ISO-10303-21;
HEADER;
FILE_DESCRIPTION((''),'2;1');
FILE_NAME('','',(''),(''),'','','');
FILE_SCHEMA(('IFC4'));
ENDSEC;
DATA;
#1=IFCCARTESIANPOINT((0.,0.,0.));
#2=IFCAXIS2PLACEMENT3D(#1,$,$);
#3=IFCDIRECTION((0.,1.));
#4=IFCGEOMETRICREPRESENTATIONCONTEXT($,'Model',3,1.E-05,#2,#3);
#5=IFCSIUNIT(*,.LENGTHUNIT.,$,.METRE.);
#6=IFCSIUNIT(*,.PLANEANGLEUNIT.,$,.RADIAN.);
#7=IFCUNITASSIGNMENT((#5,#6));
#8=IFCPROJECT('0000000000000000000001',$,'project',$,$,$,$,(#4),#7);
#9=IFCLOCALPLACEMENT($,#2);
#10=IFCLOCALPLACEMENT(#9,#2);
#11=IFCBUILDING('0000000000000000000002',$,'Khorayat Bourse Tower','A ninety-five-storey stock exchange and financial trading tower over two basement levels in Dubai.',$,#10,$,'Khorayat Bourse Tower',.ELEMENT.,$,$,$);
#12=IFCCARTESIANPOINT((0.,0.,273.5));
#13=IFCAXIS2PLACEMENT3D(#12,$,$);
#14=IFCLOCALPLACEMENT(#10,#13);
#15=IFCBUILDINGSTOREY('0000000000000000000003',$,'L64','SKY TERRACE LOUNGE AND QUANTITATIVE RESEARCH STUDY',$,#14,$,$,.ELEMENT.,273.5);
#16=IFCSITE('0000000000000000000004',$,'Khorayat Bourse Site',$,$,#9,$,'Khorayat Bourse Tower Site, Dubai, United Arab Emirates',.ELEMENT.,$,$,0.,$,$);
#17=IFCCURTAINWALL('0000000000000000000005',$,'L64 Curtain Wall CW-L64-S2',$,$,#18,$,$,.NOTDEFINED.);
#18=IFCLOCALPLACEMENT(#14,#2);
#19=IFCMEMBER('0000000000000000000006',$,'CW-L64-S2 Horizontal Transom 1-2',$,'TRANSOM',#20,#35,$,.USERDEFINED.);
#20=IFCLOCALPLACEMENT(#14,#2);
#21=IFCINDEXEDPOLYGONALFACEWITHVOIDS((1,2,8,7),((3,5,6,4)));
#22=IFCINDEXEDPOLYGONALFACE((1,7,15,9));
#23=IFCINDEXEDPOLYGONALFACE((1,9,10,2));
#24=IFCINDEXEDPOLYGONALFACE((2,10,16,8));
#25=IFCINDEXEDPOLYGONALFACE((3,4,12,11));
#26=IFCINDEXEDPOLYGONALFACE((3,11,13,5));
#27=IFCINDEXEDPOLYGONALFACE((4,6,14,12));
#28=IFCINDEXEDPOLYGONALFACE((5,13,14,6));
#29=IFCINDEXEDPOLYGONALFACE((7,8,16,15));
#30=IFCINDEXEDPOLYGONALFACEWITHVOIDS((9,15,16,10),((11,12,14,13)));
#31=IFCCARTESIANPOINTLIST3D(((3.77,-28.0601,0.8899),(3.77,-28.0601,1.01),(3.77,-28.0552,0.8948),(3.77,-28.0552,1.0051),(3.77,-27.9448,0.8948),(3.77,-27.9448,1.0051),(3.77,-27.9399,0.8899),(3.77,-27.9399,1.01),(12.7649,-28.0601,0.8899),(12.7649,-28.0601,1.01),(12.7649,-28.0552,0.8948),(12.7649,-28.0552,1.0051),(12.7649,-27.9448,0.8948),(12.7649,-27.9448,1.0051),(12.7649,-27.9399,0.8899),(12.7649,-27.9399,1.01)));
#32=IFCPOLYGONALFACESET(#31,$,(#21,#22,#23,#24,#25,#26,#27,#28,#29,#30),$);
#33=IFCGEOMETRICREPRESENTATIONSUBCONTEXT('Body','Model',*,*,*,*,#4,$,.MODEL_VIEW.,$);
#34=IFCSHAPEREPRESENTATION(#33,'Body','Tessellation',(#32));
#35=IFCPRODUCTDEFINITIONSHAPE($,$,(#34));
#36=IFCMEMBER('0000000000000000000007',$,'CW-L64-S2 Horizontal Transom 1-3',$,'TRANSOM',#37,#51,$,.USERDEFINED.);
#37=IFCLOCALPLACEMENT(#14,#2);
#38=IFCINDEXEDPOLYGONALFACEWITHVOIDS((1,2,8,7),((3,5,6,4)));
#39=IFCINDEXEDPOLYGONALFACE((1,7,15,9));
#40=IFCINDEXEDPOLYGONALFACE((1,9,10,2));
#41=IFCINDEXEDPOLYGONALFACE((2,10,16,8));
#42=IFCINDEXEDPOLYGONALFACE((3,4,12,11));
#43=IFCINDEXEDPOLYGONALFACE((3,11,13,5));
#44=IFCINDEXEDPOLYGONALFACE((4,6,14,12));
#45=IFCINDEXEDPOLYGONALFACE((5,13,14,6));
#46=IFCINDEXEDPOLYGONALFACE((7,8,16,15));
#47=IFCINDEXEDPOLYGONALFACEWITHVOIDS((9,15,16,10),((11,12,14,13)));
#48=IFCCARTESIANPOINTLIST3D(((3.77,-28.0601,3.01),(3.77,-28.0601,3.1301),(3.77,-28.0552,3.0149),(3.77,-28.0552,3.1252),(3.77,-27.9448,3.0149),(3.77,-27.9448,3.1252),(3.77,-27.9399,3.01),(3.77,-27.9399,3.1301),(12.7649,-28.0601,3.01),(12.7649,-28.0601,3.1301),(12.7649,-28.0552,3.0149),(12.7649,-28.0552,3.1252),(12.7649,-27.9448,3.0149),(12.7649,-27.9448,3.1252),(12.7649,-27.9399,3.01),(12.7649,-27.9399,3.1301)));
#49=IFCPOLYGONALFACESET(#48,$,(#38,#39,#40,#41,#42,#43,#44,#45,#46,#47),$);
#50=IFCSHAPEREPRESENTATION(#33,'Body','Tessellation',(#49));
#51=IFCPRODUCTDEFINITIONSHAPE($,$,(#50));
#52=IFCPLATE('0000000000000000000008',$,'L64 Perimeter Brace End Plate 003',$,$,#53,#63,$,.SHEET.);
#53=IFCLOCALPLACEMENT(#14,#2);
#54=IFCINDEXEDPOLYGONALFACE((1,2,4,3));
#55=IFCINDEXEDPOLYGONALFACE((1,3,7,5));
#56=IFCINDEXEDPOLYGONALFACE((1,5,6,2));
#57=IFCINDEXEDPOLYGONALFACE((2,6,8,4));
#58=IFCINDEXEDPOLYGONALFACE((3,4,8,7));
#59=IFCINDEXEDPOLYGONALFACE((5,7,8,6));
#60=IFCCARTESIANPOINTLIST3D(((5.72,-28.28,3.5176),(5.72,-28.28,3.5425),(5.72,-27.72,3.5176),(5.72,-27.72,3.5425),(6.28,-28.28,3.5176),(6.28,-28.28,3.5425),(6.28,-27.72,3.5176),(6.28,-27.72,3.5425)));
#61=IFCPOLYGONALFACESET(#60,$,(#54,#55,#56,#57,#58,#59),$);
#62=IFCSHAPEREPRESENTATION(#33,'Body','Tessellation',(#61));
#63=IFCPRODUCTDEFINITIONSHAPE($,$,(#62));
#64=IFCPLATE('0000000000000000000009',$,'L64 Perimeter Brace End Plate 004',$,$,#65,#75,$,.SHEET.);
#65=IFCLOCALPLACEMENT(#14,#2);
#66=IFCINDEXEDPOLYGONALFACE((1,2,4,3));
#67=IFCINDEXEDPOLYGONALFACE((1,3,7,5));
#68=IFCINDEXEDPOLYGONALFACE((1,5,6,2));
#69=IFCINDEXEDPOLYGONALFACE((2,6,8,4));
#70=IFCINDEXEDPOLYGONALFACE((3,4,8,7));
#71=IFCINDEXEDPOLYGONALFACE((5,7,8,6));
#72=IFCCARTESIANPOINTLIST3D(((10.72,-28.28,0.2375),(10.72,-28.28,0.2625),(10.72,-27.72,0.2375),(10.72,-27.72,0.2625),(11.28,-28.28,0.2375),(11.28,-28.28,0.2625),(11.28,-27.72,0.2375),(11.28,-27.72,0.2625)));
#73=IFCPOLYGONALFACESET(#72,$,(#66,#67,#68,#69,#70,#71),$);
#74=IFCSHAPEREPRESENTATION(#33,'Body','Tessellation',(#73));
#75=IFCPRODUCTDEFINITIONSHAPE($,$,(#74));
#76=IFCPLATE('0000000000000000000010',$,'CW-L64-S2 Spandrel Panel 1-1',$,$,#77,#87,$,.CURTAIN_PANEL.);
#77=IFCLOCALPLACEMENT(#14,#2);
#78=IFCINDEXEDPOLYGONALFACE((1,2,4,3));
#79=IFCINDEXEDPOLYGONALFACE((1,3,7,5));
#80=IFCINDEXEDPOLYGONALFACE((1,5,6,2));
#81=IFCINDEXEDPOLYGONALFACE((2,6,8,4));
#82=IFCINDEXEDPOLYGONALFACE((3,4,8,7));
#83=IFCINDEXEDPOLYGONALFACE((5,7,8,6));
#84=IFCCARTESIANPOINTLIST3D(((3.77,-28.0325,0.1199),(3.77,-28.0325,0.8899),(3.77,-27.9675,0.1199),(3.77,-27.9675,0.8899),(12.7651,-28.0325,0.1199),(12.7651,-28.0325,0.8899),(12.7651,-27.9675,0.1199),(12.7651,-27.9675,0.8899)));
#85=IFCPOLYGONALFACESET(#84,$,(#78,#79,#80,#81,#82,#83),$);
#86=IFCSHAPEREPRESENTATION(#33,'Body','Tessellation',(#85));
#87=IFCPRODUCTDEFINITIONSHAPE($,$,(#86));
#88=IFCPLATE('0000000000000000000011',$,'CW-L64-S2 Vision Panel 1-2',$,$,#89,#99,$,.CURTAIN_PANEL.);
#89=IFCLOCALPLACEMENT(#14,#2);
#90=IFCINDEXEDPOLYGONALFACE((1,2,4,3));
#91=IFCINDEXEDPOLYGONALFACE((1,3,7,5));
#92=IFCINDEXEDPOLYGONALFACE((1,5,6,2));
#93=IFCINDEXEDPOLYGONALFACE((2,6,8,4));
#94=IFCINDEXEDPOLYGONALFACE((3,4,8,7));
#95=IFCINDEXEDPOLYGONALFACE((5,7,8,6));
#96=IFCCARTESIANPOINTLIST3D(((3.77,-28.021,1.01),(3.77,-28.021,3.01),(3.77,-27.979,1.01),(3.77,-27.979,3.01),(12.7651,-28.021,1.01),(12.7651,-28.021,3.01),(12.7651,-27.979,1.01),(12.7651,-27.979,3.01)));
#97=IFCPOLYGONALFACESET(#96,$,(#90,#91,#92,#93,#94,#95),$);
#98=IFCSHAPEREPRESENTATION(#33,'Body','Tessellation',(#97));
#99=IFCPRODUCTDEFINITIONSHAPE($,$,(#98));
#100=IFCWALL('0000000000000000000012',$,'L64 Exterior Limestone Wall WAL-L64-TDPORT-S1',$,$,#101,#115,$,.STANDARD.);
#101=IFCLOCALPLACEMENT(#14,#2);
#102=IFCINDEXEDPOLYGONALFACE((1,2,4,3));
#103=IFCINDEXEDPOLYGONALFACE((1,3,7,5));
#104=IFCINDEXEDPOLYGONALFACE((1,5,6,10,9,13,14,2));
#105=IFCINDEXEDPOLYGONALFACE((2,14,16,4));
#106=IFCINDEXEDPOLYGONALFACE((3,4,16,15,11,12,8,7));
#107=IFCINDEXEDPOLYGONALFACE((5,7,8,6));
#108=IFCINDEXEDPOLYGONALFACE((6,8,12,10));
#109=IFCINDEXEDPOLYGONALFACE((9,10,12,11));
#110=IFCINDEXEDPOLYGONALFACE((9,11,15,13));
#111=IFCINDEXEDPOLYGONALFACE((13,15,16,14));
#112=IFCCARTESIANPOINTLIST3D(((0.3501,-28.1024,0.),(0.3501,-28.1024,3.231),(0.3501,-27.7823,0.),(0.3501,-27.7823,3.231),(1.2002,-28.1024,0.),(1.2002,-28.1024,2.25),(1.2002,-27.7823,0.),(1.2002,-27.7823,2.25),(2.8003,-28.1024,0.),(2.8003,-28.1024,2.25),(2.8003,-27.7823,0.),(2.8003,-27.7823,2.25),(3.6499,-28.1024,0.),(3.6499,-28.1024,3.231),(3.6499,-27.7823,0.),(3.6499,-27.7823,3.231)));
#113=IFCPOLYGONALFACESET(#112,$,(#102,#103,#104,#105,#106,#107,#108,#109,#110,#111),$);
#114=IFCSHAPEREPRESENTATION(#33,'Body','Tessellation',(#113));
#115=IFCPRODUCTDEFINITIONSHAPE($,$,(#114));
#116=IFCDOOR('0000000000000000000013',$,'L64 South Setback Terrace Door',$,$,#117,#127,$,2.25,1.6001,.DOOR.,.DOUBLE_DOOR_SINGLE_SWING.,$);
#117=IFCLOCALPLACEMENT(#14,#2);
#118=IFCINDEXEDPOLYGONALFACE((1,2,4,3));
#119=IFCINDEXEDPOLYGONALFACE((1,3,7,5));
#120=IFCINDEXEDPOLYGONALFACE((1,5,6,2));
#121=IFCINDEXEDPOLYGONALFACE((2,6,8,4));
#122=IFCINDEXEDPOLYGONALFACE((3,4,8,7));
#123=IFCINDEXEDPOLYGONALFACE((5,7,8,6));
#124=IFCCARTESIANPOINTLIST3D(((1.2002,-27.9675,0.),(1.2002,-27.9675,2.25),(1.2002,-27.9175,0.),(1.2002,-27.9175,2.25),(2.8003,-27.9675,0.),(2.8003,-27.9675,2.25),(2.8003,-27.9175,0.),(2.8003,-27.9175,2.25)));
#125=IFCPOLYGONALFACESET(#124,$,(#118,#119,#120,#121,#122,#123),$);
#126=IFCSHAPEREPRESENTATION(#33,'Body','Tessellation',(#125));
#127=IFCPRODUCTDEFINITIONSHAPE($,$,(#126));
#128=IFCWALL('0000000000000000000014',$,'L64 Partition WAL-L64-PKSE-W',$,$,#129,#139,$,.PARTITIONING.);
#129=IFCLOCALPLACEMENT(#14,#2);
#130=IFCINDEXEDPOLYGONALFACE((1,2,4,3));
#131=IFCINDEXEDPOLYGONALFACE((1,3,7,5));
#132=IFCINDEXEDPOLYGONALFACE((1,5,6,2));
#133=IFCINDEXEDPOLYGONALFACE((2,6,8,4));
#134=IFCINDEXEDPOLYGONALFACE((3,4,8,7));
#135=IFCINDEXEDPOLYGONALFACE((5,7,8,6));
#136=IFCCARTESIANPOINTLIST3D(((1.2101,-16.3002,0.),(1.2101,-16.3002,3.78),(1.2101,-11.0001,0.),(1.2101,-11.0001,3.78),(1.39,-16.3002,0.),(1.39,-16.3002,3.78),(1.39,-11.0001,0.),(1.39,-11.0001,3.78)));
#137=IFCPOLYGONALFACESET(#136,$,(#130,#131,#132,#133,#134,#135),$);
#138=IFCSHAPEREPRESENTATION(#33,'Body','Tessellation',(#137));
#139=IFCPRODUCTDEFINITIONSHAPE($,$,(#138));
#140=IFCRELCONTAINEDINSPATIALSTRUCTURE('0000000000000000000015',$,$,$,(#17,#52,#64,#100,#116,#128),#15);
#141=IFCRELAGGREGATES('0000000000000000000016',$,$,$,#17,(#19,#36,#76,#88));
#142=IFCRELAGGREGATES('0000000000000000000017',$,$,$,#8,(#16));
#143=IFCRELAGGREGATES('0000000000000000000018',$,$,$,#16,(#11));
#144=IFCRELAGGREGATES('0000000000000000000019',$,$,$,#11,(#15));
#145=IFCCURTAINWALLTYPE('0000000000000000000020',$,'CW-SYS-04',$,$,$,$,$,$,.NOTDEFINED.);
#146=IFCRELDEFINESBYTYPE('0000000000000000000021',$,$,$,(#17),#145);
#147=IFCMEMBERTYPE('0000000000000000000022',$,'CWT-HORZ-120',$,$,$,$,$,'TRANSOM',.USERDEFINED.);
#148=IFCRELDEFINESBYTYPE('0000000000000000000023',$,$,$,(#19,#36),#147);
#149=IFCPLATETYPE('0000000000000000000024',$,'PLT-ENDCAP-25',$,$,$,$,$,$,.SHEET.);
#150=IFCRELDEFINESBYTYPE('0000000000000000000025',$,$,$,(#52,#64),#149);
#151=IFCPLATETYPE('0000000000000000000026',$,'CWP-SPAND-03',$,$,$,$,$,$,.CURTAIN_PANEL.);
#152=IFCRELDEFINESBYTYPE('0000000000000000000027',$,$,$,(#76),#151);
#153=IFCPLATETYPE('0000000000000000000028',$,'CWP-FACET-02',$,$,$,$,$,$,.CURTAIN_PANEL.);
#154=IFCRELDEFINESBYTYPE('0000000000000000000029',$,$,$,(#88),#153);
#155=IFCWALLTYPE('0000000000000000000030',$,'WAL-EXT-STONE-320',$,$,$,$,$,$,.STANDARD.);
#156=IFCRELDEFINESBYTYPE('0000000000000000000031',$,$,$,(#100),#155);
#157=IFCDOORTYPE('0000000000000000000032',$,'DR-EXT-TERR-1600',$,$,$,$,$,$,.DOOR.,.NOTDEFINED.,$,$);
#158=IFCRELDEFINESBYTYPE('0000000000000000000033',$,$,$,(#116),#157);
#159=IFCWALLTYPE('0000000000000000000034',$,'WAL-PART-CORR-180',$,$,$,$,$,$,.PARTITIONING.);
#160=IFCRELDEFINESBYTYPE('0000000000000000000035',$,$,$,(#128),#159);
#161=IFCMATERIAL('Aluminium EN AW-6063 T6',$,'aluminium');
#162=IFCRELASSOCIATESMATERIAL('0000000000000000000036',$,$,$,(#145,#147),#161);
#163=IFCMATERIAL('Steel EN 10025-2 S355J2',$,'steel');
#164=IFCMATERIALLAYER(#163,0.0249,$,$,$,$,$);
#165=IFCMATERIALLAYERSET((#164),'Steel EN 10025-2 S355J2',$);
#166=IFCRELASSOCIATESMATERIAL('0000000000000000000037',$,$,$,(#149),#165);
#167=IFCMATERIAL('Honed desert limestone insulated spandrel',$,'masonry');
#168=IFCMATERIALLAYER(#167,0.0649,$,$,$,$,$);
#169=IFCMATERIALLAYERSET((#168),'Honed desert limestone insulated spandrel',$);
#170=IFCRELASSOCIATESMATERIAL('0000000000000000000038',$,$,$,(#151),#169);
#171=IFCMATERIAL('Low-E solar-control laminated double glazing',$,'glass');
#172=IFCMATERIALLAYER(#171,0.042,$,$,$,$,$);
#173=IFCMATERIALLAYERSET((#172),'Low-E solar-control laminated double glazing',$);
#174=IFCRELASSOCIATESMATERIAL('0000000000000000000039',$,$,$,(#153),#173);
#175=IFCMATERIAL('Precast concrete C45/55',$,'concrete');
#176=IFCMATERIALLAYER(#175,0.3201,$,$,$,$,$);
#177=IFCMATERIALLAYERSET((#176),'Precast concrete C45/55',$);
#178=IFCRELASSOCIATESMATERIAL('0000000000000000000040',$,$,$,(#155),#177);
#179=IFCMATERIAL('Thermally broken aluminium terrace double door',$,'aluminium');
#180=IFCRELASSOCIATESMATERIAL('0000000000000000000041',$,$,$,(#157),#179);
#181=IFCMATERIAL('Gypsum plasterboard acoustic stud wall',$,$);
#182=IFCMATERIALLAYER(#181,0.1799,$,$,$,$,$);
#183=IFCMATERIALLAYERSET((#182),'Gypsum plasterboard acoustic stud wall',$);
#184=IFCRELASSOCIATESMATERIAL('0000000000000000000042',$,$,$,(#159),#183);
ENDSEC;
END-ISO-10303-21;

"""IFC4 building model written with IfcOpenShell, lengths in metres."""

from ifc_helpers import new_model, si_unit, direction, frame, frame_2d, origin, origin_2d, place, context, subcontext, project, spatial, rectangle, hollow_rectangle, extrude, source, transform, mapped, material, layer, layer_set, material_profile, profile_set, type_object, element, fill, aggregate, save


model = new_model("IFC4")

# Units and contexts
model_context = context("Model", 3, precision=1e-05, world=origin(), true_north=direction((0.0, 1.0)))
body_context = subcontext(model_context, "Body", "Model", "MODEL_VIEW")
ifc_project = project(units=[si_unit("LENGTHUNIT", "METRE"), si_unit("PLANEANGLEUNIT", "RADIAN")], contexts=[model_context])

# Site, building, storey
site_placement = place(None, origin())
site = spatial("IfcSite", under=ifc_project, at=site_placement, Name="Khorayat Bourse Site", LongName="Khorayat Bourse Tower Site, Dubai, United Arab Emirates", CompositionType="ELEMENT", RefElevation=0.0)
building_placement = place(site_placement, origin())
building = spatial("IfcBuilding", under=site, at=building_placement, Name="Khorayat Bourse Tower", Description="A ninety-five-storey stock exchange and financial trading tower over two basement levels in Dubai.", LongName="Khorayat Bourse Tower", CompositionType="ELEMENT")
storey_placement = place(building_placement, frame((0.0, 0.0, 273.5)))
storey = spatial("IfcBuildingStorey", under=building, at=storey_placement, Name="L64", Description="SKY TERRACE LOUNGE AND QUANTITATIVE RESEARCH STUDY", CompositionType="ELEMENT", Elevation=273.5)

# Shared definitions
ifc_material_1 = material(Name="Aluminium EN AW-6063 T6", Category="aluminium")
curtain_wall_type = type_object("IfcCurtainWallType", Name="CW-SYS-04", PredefinedType="NOTDEFINED", material=ifc_material_1)

# Curtain wall, members
curtain_wall_1_placement = place(storey_placement, origin())
curtain_wall_1 = element("IfcCurtainWall", 1, at=curtain_wall_1_placement, inside=storey, type_object=curtain_wall_type, Name="L64 Curtain Wall CW-L64-S2", PredefinedType="NOTDEFINED")
ifc_material_profile_1 = material_profile(ifc_material_1, hollow_rectangle(XDim=0.1201, YDim=0.1201, WallThickness=0.0049, at=origin_2d()), Name="ALU 120x120x5")
ifc_profile_set_1 = profile_set([ifc_material_profile_1], Name="Aluminium EN AW-6063 T6")
member_type_1 = type_object("IfcMemberType", Name="CWT-HORZ-120", ElementType="TRANSOM", PredefinedType="USERDEFINED", material=ifc_profile_set_1)
shared_shape_1 = source(origin(), body_context, "Body", "SweptSolid", [
    extrude(hollow_rectangle(XDim=0.1201, YDim=0.1201, WallThickness=0.0049, at=origin_2d()), origin(), (0.0, 0.0, 1.0), 8.9949),
])
member_1_placement = place(storey_placement, frame((3.77, -28.0, 0.95), z_axis=(1.0, 0.0, 0.0), x_axis=(0.0, 1.0, 0.0)))
member_1 = element("IfcMember", 2, at=member_1_placement, type_object=member_type_1, Name="CW-L64-S2 Horizontal Transom 1-2", ObjectType="TRANSOM", PredefinedType="USERDEFINED", context=body_context, shape_type="MappedRepresentation", body=[
    mapped(shared_shape_1, transform((0.0, 0.0, 0.0), scale=1.0)),
])
member_2_placement = place(storey_placement, frame((3.77, -28.0, 3.0701), z_axis=(1.0, 0.0, 0.0), x_axis=(0.0, 1.0, 0.0)))
member_2 = element("IfcMember", 3, at=member_2_placement, type_object=member_type_1, Name="CW-L64-S2 Horizontal Transom 1-3", ObjectType="TRANSOM", PredefinedType="USERDEFINED", context=body_context, shape_type="MappedRepresentation", body=[
    mapped(shared_shape_1, transform((0.0, 0.0, 0.0), scale=1.0)),
])

# Plates
ifc_material_2 = material(Name="Steel EN 10025-2 S355J2", Category="steel")
ifc_layer_1 = layer(ifc_material_2, 0.0249)
ifc_layer_set_1 = layer_set([ifc_layer_1], Name="Steel EN 10025-2 S355J2")
plate_type_1 = type_object("IfcPlateType", Name="PLT-ENDCAP-25", PredefinedType="SHEET", material=ifc_layer_set_1)
shared_shape_2 = source(origin(), body_context, "Body", "SweptSolid", [
    extrude(rectangle(XDim=0.5601, YDim=0.5601, at=origin_2d()), origin(), (0.0, 0.0, 1.0), 0.0249),
])
for number, where, z_axis, x_axis, name in (
    (4, (6.0, -28.0, 3.5176), (0.0, 0.0, 1.0), (1.0, 0.0, 0.0), "L64 Perimeter Brace End Plate 003"),
    (5, (11.0, -28.0, 0.2375), (0.0, 0.0, 1.0), (1.0, 0.0, 0.0), "L64 Perimeter Brace End Plate 004"),
):
    element("IfcPlate", number, at=place(storey_placement, frame(where, z_axis=z_axis, x_axis=x_axis)), inside=storey, type_object=plate_type_1, Name=name, PredefinedType="SHEET", context=body_context, shape_type="MappedRepresentation", body=[
        mapped(shared_shape_2, transform((0.0, 0.0, 0.0), scale=1.0)),
    ])

# Plates
ifc_material_3 = material(Name="Honed desert limestone insulated spandrel", Category="masonry")
ifc_layer_2 = layer(ifc_material_3, 0.0649)
ifc_layer_set_2 = layer_set([ifc_layer_2], Name="Honed desert limestone insulated spandrel")
plate_type_2 = type_object("IfcPlateType", Name="CWP-SPAND-03", PredefinedType="CURTAIN_PANEL", material=ifc_layer_set_2)
shared_shape_3 = source(origin(), body_context, "Body", "SweptSolid", [
    extrude(rectangle(XDim=8.9951, YDim=0.0649, at=origin_2d()), origin(), (0.0, 0.0, 1.0), 0.77),
])
plate_1_placement = place(storey_placement, frame((8.2676, -28.0, 0.1199), z_axis=(0.0, 0.0, 1.0), x_axis=(1.0, 0.0, 0.0)))
plate_1 = element("IfcPlate", 6, at=plate_1_placement, type_object=plate_type_2, Name="CW-L64-S2 Spandrel Panel 1-1", PredefinedType="CURTAIN_PANEL", context=body_context, shape_type="MappedRepresentation", body=[
    mapped(shared_shape_3, transform((0.0, 0.0, 0.0), scale=1.0)),
])
ifc_material_4 = material(Name="Low-E solar-control laminated double glazing", Category="glass")
ifc_layer_3 = layer(ifc_material_4, 0.042)
ifc_layer_set_3 = layer_set([ifc_layer_3], Name="Low-E solar-control laminated double glazing")
plate_type_3 = type_object("IfcPlateType", Name="CWP-FACET-02", PredefinedType="CURTAIN_PANEL", material=ifc_layer_set_3)
shared_shape_4 = source(origin(), body_context, "Body", "SweptSolid", [
    extrude(rectangle(XDim=8.9951, YDim=0.042, at=origin_2d()), origin(), (0.0, 0.0, 1.0), 2.0),
])
plate_2_placement = place(storey_placement, frame((8.2676, -28.0, 1.01), z_axis=(0.0, 0.0, 1.0), x_axis=(1.0, 0.0, 0.0)))
plate_2 = element("IfcPlate", 7, at=plate_2_placement, type_object=plate_type_3, Name="CW-L64-S2 Vision Panel 1-2", PredefinedType="CURTAIN_PANEL", context=body_context, shape_type="MappedRepresentation", body=[
    mapped(shared_shape_4, transform((0.0, 0.0, 0.0), scale=1.0)),
])
aggregate(curtain_wall_1, [member_1, member_2, plate_1, plate_2])

# Wall, opening, door
ifc_material_5 = material(Name="Precast concrete C45/55", Category="concrete")
ifc_layer_4 = layer(ifc_material_5, 0.3201)
ifc_layer_set_4 = layer_set([ifc_layer_4], Name="Precast concrete C45/55")
wall_type_1 = type_object("IfcWallType", Name="WAL-EXT-STONE-320", PredefinedType="STANDARD", material=ifc_layer_set_4)
shared_shape_5 = source(origin(), body_context, "Body", "SweptSolid", [
    extrude(rectangle(XDim=3.2998, YDim=0.3201, at=frame_2d((1.6499, 0.0))), origin(), (0.0, 0.0, 1.0), 3.231),
])
wall_1_placement = place(storey_placement, frame((0.3501, -27.9424, 0.0), z_axis=(0.0, 0.0, 1.0), x_axis=(1.0, 0.0, 0.0)))
wall_1 = element("IfcWall", 8, at=wall_1_placement, inside=storey, type_object=wall_type_1, Name="L64 Exterior Limestone Wall WAL-L64-TDPORT-S1", PredefinedType="STANDARD", context=body_context, shape_type="MappedRepresentation", body=[
    mapped(shared_shape_5, transform((0.0, 0.0, 0.0), scale=1.0)),
])
shared_shape_6 = source(origin(), body_context, "Body", "SweptSolid", [
    extrude(rectangle(XDim=1.6001, YDim=2.25, at=frame_2d((0.8, 1.125))), frame((0.0, 0.1699, 0.0), z_axis=(0.0, -1.0, 0.0), x_axis=(1.0, 0.0, 0.0)), (0.0, 0.0, 1.0), 0.3401),
])
opening_1_placement = place(wall_1_placement, frame((0.8501, 0.0, 0.0)))
opening_1 = element("IfcOpeningElement", 9, at=opening_1_placement, cuts=wall_1, PredefinedType="OPENING", context=body_context, shape_type="MappedRepresentation", body=[
    mapped(shared_shape_6, transform((0.0, 0.0, 0.0), scale=1.0)),
])
ifc_material_6 = material(Name="Thermally broken aluminium terrace double door", Category="aluminium")
door_type_1 = type_object("IfcDoorType", Name="DR-EXT-TERR-1600", OperationType="NOTDEFINED", PredefinedType="DOOR", material=ifc_material_6)
shared_shape_7 = source(origin(), body_context, "Body", "SweptSolid", [
    extrude(rectangle(XDim=1.6001, YDim=2.25, at=frame_2d((0.8, 1.125))), frame((0.0, 0.0249, 0.0), z_axis=(0.0, -1.0, 0.0), x_axis=(1.0, 0.0, 0.0)), (0.0, 0.0, 1.0), 0.05),
])
door_1_placement = place(opening_1_placement, origin())
door_1 = element("IfcDoor", 10, at=door_1_placement, inside=storey, type_object=door_type_1, Name="L64 South Setback Terrace Door", OperationType="DOUBLE_DOOR_SINGLE_SWING", OverallHeight=2.25, OverallWidth=1.6001, PredefinedType="DOOR", context=body_context, shape_type="MappedRepresentation", body=[
    mapped(shared_shape_7, transform((0.0, 0.0, 0.0), scale=1.0)),
])
fill(opening_1, door_1)

# Wall
ifc_material_7 = material(Name="Gypsum plasterboard acoustic stud wall")
ifc_layer_5 = layer(ifc_material_7, 0.1799)
ifc_layer_set_5 = layer_set([ifc_layer_5], Name="Gypsum plasterboard acoustic stud wall")
wall_type_2 = type_object("IfcWallType", Name="WAL-PART-CORR-180", PredefinedType="PARTITIONING", material=ifc_layer_set_5)
shared_shape_8 = source(origin(), body_context, "Body", "SweptSolid", [
    extrude(rectangle(XDim=5.3, YDim=0.1799, at=frame_2d((2.6499, 0.0))), origin(), (0.0, 0.0, 1.0), 3.78),
])
wall_2_placement = place(storey_placement, frame((1.3, -16.3, 0.0), z_axis=(0.0, 0.0, 1.0), x_axis=(0.0, 1.0, 0.0)))
element("IfcWall", 11, at=wall_2_placement, inside=storey, type_object=wall_type_2, Name="L64 Partition WAL-L64-PKSE-W", PredefinedType="PARTITIONING", context=body_context, shape_type="MappedRepresentation", body=[
    mapped(shared_shape_8, transform((0.0, 0.0, 0.0), scale=1.0)),
])

save(model, "model.ifc")
